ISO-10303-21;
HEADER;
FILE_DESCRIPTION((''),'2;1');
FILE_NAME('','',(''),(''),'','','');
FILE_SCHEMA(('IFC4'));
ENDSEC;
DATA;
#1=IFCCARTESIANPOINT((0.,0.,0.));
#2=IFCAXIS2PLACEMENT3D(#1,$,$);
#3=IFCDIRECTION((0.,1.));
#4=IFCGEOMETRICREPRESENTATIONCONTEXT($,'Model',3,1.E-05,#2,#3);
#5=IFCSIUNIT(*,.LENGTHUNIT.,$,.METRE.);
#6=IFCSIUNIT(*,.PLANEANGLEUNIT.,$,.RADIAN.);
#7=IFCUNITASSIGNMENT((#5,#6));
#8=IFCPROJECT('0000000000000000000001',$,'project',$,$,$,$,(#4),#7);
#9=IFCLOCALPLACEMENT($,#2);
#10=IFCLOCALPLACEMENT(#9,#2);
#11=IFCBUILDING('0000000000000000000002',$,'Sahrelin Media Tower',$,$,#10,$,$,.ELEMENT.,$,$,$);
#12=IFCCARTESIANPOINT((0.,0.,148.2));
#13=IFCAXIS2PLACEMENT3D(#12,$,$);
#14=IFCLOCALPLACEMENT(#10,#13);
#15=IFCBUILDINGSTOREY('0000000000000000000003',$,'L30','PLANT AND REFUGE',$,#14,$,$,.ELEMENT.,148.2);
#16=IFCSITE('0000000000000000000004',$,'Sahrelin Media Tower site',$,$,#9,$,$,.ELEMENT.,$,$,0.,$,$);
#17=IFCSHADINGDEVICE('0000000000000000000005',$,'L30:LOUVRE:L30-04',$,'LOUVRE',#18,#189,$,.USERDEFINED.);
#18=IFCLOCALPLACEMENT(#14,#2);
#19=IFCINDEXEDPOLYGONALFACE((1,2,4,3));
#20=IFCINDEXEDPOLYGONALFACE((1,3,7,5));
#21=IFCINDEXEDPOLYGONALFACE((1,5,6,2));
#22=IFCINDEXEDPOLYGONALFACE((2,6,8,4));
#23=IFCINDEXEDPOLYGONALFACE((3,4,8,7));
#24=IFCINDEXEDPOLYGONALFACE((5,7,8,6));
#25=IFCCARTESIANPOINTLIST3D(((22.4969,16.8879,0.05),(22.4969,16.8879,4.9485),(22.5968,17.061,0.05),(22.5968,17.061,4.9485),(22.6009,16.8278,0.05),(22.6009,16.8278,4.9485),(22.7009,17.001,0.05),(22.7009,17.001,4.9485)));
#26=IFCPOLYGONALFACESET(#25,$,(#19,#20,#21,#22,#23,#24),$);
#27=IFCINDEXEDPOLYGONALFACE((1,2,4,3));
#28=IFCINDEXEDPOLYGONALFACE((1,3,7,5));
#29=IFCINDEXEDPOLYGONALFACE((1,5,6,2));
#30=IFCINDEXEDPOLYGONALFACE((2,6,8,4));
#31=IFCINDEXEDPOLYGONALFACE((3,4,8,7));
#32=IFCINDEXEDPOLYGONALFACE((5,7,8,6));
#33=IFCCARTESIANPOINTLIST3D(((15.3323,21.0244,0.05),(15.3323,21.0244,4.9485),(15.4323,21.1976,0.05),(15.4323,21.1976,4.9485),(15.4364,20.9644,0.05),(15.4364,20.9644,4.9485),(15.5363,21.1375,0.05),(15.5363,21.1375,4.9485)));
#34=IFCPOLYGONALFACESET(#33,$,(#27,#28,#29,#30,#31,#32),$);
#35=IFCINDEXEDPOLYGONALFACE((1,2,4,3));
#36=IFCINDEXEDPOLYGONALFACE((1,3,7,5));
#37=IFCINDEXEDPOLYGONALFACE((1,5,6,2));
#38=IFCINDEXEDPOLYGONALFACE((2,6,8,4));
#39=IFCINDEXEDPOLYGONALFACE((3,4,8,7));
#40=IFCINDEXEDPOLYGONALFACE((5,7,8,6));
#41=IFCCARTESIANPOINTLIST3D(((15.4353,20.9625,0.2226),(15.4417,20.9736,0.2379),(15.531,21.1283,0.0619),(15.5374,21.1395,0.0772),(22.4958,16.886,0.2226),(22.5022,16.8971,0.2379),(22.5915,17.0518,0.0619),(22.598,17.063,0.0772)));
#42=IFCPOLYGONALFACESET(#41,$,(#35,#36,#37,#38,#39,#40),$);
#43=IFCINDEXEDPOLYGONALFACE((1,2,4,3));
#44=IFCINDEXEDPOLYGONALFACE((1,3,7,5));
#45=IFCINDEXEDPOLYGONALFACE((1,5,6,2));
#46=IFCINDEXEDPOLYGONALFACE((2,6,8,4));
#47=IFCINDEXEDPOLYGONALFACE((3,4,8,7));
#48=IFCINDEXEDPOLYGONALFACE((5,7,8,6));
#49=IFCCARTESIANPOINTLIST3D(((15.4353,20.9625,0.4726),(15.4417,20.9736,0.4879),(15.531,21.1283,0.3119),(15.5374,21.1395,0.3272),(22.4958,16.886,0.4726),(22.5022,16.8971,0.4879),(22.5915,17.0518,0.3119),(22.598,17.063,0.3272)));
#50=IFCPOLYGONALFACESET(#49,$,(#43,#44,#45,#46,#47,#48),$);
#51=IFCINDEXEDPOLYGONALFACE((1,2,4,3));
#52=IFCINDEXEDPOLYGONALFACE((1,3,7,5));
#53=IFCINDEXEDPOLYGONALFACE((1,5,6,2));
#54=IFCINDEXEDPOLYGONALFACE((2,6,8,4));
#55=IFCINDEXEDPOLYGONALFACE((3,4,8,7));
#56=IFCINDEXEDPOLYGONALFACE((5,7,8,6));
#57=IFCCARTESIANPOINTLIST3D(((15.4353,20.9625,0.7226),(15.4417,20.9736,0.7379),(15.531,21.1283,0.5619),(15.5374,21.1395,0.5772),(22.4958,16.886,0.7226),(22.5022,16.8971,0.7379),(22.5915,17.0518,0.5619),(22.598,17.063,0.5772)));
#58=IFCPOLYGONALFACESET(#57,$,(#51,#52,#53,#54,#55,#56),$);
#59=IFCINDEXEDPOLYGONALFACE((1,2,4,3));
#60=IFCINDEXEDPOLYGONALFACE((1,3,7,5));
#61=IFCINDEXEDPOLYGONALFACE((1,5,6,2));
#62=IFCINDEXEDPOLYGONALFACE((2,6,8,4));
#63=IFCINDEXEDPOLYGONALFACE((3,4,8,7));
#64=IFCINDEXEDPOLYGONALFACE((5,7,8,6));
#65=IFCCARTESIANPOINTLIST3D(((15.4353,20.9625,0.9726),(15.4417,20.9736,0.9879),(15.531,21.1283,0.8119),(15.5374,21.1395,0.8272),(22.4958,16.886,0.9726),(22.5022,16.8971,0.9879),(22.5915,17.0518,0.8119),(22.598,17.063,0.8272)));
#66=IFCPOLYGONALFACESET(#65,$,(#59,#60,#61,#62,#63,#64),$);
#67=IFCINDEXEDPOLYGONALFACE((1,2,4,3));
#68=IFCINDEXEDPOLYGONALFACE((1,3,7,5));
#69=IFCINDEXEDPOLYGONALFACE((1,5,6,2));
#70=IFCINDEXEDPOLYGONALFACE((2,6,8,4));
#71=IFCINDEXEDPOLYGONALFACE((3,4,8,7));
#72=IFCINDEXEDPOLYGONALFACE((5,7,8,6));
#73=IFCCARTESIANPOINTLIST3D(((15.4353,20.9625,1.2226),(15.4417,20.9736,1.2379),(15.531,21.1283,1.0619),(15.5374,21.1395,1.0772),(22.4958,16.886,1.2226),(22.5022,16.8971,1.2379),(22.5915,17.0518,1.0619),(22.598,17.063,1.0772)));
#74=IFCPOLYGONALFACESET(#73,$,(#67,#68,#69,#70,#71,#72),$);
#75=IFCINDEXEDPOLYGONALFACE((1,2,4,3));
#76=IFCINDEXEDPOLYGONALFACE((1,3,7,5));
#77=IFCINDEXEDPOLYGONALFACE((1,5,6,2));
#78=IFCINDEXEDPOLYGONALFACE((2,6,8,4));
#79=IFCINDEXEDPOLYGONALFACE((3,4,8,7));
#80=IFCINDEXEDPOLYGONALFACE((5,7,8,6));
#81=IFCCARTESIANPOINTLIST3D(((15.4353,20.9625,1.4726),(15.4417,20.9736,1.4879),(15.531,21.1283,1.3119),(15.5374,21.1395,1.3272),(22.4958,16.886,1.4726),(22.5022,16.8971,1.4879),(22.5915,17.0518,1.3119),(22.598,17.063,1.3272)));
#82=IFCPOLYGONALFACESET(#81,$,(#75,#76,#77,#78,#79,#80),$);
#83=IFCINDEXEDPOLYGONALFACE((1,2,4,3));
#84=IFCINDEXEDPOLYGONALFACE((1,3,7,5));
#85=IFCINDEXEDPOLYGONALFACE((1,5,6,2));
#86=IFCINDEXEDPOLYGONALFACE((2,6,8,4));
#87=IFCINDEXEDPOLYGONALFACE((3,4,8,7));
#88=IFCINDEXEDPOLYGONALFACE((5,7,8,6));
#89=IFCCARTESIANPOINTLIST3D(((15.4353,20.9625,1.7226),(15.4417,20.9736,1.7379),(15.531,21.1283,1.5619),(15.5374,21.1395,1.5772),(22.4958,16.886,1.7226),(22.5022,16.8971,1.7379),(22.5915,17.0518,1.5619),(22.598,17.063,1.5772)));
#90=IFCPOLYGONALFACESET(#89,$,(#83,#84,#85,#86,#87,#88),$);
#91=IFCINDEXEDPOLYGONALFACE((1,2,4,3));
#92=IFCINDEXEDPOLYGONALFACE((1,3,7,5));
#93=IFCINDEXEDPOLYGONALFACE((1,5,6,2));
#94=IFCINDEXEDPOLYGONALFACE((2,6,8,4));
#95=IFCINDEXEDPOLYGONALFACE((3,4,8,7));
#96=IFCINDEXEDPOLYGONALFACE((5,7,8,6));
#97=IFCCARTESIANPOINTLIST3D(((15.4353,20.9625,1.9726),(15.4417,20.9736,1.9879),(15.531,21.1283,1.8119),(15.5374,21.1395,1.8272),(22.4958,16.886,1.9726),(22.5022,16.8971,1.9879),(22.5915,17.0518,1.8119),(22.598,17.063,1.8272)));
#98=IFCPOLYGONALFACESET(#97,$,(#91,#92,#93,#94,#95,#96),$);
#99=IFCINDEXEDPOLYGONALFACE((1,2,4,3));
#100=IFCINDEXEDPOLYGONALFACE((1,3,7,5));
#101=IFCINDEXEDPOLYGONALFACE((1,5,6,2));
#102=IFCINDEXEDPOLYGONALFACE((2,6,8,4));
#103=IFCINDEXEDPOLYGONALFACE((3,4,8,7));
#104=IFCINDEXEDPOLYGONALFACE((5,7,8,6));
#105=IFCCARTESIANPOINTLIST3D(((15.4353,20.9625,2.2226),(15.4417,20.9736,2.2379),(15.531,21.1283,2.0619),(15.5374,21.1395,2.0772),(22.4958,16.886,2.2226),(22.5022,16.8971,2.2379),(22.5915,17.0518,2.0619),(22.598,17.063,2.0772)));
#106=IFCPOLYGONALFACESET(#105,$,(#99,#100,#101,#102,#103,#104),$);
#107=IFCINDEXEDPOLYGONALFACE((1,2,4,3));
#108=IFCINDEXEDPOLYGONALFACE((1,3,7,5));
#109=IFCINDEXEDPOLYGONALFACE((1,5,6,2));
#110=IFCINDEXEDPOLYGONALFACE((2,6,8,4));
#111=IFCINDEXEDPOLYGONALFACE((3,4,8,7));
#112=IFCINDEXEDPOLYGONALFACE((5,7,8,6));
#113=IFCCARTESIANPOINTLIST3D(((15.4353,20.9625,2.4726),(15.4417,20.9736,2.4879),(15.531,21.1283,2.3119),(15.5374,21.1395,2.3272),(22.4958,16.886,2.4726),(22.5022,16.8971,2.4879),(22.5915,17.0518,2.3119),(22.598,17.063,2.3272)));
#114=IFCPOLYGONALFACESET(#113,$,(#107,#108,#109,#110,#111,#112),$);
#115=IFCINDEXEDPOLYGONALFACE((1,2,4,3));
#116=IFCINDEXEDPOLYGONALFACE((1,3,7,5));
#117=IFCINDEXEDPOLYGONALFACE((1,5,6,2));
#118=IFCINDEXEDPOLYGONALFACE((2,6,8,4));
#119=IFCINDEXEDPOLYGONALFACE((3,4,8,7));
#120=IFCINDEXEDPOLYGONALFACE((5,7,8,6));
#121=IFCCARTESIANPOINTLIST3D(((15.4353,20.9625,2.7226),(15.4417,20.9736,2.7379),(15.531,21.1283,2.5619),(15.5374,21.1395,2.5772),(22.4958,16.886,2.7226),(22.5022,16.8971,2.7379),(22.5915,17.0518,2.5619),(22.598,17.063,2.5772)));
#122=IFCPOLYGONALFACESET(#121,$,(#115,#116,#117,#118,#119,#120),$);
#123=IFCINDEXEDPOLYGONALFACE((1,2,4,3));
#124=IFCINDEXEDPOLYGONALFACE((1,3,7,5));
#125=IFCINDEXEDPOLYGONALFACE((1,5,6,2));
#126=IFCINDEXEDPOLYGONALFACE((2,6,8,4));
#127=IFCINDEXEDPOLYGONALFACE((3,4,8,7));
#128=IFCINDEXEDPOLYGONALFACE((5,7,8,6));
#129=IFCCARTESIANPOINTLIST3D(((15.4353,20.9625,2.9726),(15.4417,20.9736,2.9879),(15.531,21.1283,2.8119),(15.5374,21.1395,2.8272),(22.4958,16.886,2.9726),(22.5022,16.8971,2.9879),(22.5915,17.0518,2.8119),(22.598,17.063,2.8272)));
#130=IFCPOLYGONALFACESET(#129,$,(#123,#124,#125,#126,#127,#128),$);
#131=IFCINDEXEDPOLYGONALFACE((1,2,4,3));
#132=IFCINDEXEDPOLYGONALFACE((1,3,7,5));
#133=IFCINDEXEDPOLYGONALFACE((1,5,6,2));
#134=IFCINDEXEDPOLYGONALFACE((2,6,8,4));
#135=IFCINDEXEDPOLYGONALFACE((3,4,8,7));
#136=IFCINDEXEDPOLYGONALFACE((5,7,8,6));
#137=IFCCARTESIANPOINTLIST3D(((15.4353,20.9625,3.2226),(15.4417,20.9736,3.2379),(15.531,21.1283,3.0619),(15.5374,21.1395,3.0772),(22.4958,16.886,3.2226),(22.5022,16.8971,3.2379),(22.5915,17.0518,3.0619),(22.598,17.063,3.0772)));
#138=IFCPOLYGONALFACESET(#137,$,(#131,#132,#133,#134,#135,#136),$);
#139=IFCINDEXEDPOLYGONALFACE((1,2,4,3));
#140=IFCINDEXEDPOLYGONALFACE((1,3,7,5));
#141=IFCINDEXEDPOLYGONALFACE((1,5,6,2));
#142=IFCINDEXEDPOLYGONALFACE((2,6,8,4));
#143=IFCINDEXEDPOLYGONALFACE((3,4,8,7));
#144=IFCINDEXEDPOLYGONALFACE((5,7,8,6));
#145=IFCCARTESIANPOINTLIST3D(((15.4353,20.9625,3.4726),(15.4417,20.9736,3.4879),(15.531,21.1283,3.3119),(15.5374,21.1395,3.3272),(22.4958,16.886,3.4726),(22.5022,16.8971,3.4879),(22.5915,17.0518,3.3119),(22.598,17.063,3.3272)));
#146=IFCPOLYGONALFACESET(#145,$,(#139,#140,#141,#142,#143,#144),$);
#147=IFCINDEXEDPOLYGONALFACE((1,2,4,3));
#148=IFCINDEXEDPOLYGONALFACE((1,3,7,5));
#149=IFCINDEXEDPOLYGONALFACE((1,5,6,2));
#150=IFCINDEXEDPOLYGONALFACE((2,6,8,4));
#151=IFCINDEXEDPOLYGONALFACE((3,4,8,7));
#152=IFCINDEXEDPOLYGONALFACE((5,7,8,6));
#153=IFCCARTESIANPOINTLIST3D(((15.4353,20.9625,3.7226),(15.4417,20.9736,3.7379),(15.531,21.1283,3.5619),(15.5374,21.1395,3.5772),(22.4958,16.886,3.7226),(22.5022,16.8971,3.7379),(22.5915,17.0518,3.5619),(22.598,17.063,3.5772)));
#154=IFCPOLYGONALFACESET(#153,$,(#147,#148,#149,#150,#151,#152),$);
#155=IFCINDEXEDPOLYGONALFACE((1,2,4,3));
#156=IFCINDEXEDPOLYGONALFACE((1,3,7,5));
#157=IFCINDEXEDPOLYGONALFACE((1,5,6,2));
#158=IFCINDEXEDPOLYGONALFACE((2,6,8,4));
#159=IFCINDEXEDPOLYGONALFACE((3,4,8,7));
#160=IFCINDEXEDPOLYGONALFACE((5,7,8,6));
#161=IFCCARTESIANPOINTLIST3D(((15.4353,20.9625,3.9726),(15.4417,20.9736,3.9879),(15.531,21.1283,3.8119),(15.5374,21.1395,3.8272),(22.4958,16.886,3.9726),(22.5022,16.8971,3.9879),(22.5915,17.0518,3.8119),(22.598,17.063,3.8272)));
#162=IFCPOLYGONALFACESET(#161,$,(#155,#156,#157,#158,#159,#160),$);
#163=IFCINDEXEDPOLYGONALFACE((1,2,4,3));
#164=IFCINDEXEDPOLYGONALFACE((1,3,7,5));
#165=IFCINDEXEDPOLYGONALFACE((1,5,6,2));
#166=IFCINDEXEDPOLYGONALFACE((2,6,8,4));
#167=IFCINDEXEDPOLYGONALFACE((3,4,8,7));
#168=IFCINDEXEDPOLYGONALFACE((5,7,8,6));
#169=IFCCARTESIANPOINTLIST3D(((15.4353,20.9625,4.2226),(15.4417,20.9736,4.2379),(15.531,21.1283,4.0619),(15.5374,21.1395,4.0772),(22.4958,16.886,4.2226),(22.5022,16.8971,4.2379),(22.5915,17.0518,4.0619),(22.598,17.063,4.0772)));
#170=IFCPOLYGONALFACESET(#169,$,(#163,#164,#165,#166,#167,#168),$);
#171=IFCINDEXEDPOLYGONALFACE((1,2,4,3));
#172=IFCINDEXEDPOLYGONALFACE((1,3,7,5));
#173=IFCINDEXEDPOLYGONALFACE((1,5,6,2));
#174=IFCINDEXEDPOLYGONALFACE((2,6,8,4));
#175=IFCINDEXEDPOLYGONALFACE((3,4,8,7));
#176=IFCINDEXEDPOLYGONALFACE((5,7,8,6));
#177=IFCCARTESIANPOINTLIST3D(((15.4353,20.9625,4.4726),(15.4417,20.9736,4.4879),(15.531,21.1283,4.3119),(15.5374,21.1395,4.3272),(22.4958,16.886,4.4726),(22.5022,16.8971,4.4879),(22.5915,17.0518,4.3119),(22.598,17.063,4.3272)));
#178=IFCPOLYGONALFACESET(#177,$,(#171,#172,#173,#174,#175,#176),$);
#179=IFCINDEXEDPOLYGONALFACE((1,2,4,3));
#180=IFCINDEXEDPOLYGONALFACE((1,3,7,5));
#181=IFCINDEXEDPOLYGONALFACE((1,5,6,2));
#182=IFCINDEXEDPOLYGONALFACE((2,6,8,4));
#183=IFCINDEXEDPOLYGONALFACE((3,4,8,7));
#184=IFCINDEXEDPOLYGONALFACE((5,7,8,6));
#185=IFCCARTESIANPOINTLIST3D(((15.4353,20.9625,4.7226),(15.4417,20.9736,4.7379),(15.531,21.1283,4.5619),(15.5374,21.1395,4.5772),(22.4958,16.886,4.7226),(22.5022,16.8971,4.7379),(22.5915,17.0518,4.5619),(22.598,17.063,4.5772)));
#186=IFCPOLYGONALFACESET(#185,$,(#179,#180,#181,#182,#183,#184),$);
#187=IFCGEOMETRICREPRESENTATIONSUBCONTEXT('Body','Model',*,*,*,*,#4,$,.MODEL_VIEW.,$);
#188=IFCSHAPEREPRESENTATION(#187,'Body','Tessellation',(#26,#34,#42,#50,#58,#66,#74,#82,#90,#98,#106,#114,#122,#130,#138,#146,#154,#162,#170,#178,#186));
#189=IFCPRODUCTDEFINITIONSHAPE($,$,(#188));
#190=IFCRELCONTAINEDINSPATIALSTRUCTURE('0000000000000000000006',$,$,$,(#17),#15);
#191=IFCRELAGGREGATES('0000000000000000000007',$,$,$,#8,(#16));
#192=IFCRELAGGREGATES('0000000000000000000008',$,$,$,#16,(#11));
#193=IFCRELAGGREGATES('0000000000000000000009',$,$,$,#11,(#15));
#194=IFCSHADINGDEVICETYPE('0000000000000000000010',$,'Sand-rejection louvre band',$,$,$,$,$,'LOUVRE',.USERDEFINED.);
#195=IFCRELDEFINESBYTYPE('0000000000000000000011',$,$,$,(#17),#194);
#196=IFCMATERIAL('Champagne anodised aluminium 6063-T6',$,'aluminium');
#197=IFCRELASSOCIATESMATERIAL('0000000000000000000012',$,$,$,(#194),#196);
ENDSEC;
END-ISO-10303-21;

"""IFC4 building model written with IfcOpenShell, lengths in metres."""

from ifc_helpers import new_model, si_unit, direction, frame, origin, origin_2d, place, context, subcontext, project, spatial, rectangle, extrude, material, type_object, element, save


model = new_model("IFC4")

# Units and contexts
model_context = context("Model", 3, precision=1e-05, world=origin(), true_north=direction((0.0, 1.0)))
body_context = subcontext(model_context, "Body", "Model", "MODEL_VIEW")
ifc_project = project(units=[si_unit("LENGTHUNIT", "METRE"), si_unit("PLANEANGLEUNIT", "RADIAN")], contexts=[model_context])

# Site, building, storey
site_placement = place(None, origin())
site = spatial("IfcSite", under=ifc_project, at=site_placement, Name="Sahrelin Media Tower site", CompositionType="ELEMENT", RefElevation=0.0)
building_placement = place(site_placement, origin())
building = spatial("IfcBuilding", under=site, at=building_placement, Name="Sahrelin Media Tower", CompositionType="ELEMENT")
storey_placement = place(building_placement, frame((0.0, 0.0, 148.2)))
storey = spatial("IfcBuildingStorey", under=building, at=storey_placement, Name="L30", Description="PLANT AND REFUGE", CompositionType="ELEMENT", Elevation=148.2)

# Shading device
ifc_material_1 = material(Name="Champagne anodised aluminium 6063-T6", Category="aluminium")
shading_device_type = type_object("IfcShadingDeviceType", Name="Sand-rejection louvre band", ElementType="LOUVRE", PredefinedType="USERDEFINED", material=ifc_material_1)
shading_device_1_placement = place(storey_placement, frame((18.9666, 18.926, 0.0), z_axis=(0.0, 0.0, 1.0), x_axis=(0.866019, -0.500011, 0.0)))
element("IfcShadingDevice", 1, at=shading_device_1_placement, inside=storey, type_object=shading_device_type, Name="L30:LOUVRE:L30-04", ObjectType="LOUVRE", PredefinedType="USERDEFINED", context=body_context, shape_type="SweptSolid", body=[
    extrude(rectangle(XDim=0.1201, YDim=0.2, at=origin_2d()), frame((4.1365, 0.1001, 0.05), z_axis=(0.0, 0.0, 1.0), x_axis=(1.0, 0.0, 0.0)), (0.0, 0.0, 1.0), 4.8984),
    extrude(rectangle(XDim=0.1201, YDim=0.2, at=origin_2d()), frame((-4.1365, 0.1001, 0.05), z_axis=(0.0, 0.0, 1.0), x_axis=(1.0, 0.0, 0.0)), (0.0, 0.0, 1.0), 4.8984),
    extrude(rectangle(XDim=0.25, YDim=0.02, at=origin_2d()), frame((4.0764, 0.1001, 0.1499), z_axis=(-1.0, 0.0, 0.0), x_axis=(0.0, -0.766044, 0.642788)), (0.0, 0.0, 1.0), 8.1528),
    extrude(rectangle(XDim=0.25, YDim=0.02, at=origin_2d()), frame((4.0764, 0.1001, 0.3999), z_axis=(-1.0, 0.0, 0.0), x_axis=(0.0, -0.766044, 0.642788)), (0.0, 0.0, 1.0), 8.1528),
    extrude(rectangle(XDim=0.25, YDim=0.02, at=origin_2d()), frame((4.0764, 0.1001, 0.6499), z_axis=(-1.0, 0.0, 0.0), x_axis=(0.0, -0.766044, 0.642788)), (0.0, 0.0, 1.0), 8.1528),
    extrude(rectangle(XDim=0.25, YDim=0.02, at=origin_2d()), frame((4.0764, 0.1001, 0.8999), z_axis=(-1.0, 0.0, 0.0), x_axis=(0.0, -0.766044, 0.642788)), (0.0, 0.0, 1.0), 8.1528),
    extrude(rectangle(XDim=0.25, YDim=0.02, at=origin_2d()), frame((4.0764, 0.1001, 1.1499), z_axis=(-1.0, 0.0, 0.0), x_axis=(0.0, -0.766044, 0.642788)), (0.0, 0.0, 1.0), 8.1528),
    extrude(rectangle(XDim=0.25, YDim=0.02, at=origin_2d()), frame((4.0764, 0.1001, 1.3999), z_axis=(-1.0, 0.0, 0.0), x_axis=(0.0, -0.766044, 0.642788)), (0.0, 0.0, 1.0), 8.1528),
    extrude(rectangle(XDim=0.25, YDim=0.02, at=origin_2d()), frame((4.0764, 0.1001, 1.6499), z_axis=(-1.0, 0.0, 0.0), x_axis=(0.0, -0.766044, 0.642788)), (0.0, 0.0, 1.0), 8.1528),
    extrude(rectangle(XDim=0.25, YDim=0.02, at=origin_2d()), frame((4.0764, 0.1001, 1.8999), z_axis=(-1.0, 0.0, 0.0), x_axis=(0.0, -0.766044, 0.642788)), (0.0, 0.0, 1.0), 8.1528),
    extrude(rectangle(XDim=0.25, YDim=0.02, at=origin_2d()), frame((4.0764, 0.1001, 2.1499), z_axis=(-1.0, 0.0, 0.0), x_axis=(0.0, -0.766044, 0.642788)), (0.0, 0.0, 1.0), 8.1528),
    extrude(rectangle(XDim=0.25, YDim=0.02, at=origin_2d()), frame((4.0764, 0.1001, 2.3999), z_axis=(-1.0, 0.0, 0.0), x_axis=(0.0, -0.766044, 0.642788)), (0.0, 0.0, 1.0), 8.1528),
    extrude(rectangle(XDim=0.25, YDim=0.02, at=origin_2d()), frame((4.0764, 0.1001, 2.6499), z_axis=(-1.0, 0.0, 0.0), x_axis=(0.0, -0.766044, 0.642788)), (0.0, 0.0, 1.0), 8.1528),
    extrude(rectangle(XDim=0.25, YDim=0.02, at=origin_2d()), frame((4.0764, 0.1001, 2.8999), z_axis=(-1.0, 0.0, 0.0), x_axis=(0.0, -0.766044, 0.642788)), (0.0, 0.0, 1.0), 8.1528),
    extrude(rectangle(XDim=0.25, YDim=0.02, at=origin_2d()), frame((4.0764, 0.1001, 3.1499), z_axis=(-1.0, 0.0, 0.0), x_axis=(0.0, -0.766044, 0.642788)), (0.0, 0.0, 1.0), 8.1528),
    extrude(rectangle(XDim=0.25, YDim=0.02, at=origin_2d()), frame((4.0764, 0.1001, 3.3999), z_axis=(-1.0, 0.0, 0.0), x_axis=(0.0, -0.766044, 0.642788)), (0.0, 0.0, 1.0), 8.1528),
    extrude(rectangle(XDim=0.25, YDim=0.02, at=origin_2d()), frame((4.0764, 0.1001, 3.6499), z_axis=(-1.0, 0.0, 0.0), x_axis=(0.0, -0.766044, 0.642788)), (0.0, 0.0, 1.0), 8.1528),
    extrude(rectangle(XDim=0.25, YDim=0.02, at=origin_2d()), frame((4.0764, 0.1001, 3.8999), z_axis=(-1.0, 0.0, 0.0), x_axis=(0.0, -0.766044, 0.642788)), (0.0, 0.0, 1.0), 8.1528),
    extrude(rectangle(XDim=0.25, YDim=0.02, at=origin_2d()), frame((4.0764, 0.1001, 4.1499), z_axis=(-1.0, 0.0, 0.0), x_axis=(0.0, -0.766044, 0.642788)), (0.0, 0.0, 1.0), 8.1528),
    extrude(rectangle(XDim=0.25, YDim=0.02, at=origin_2d()), frame((4.0764, 0.1001, 4.3999), z_axis=(-1.0, 0.0, 0.0), x_axis=(0.0, -0.766044, 0.642788)), (0.0, 0.0, 1.0), 8.1528),
    extrude(rectangle(XDim=0.25, YDim=0.02, at=origin_2d()), frame((4.0764, 0.1001, 4.6499), z_axis=(-1.0, 0.0, 0.0), x_axis=(0.0, -0.766044, 0.642788)), (0.0, 0.0, 1.0), 8.1528),
])

save(model, "model.ifc")
